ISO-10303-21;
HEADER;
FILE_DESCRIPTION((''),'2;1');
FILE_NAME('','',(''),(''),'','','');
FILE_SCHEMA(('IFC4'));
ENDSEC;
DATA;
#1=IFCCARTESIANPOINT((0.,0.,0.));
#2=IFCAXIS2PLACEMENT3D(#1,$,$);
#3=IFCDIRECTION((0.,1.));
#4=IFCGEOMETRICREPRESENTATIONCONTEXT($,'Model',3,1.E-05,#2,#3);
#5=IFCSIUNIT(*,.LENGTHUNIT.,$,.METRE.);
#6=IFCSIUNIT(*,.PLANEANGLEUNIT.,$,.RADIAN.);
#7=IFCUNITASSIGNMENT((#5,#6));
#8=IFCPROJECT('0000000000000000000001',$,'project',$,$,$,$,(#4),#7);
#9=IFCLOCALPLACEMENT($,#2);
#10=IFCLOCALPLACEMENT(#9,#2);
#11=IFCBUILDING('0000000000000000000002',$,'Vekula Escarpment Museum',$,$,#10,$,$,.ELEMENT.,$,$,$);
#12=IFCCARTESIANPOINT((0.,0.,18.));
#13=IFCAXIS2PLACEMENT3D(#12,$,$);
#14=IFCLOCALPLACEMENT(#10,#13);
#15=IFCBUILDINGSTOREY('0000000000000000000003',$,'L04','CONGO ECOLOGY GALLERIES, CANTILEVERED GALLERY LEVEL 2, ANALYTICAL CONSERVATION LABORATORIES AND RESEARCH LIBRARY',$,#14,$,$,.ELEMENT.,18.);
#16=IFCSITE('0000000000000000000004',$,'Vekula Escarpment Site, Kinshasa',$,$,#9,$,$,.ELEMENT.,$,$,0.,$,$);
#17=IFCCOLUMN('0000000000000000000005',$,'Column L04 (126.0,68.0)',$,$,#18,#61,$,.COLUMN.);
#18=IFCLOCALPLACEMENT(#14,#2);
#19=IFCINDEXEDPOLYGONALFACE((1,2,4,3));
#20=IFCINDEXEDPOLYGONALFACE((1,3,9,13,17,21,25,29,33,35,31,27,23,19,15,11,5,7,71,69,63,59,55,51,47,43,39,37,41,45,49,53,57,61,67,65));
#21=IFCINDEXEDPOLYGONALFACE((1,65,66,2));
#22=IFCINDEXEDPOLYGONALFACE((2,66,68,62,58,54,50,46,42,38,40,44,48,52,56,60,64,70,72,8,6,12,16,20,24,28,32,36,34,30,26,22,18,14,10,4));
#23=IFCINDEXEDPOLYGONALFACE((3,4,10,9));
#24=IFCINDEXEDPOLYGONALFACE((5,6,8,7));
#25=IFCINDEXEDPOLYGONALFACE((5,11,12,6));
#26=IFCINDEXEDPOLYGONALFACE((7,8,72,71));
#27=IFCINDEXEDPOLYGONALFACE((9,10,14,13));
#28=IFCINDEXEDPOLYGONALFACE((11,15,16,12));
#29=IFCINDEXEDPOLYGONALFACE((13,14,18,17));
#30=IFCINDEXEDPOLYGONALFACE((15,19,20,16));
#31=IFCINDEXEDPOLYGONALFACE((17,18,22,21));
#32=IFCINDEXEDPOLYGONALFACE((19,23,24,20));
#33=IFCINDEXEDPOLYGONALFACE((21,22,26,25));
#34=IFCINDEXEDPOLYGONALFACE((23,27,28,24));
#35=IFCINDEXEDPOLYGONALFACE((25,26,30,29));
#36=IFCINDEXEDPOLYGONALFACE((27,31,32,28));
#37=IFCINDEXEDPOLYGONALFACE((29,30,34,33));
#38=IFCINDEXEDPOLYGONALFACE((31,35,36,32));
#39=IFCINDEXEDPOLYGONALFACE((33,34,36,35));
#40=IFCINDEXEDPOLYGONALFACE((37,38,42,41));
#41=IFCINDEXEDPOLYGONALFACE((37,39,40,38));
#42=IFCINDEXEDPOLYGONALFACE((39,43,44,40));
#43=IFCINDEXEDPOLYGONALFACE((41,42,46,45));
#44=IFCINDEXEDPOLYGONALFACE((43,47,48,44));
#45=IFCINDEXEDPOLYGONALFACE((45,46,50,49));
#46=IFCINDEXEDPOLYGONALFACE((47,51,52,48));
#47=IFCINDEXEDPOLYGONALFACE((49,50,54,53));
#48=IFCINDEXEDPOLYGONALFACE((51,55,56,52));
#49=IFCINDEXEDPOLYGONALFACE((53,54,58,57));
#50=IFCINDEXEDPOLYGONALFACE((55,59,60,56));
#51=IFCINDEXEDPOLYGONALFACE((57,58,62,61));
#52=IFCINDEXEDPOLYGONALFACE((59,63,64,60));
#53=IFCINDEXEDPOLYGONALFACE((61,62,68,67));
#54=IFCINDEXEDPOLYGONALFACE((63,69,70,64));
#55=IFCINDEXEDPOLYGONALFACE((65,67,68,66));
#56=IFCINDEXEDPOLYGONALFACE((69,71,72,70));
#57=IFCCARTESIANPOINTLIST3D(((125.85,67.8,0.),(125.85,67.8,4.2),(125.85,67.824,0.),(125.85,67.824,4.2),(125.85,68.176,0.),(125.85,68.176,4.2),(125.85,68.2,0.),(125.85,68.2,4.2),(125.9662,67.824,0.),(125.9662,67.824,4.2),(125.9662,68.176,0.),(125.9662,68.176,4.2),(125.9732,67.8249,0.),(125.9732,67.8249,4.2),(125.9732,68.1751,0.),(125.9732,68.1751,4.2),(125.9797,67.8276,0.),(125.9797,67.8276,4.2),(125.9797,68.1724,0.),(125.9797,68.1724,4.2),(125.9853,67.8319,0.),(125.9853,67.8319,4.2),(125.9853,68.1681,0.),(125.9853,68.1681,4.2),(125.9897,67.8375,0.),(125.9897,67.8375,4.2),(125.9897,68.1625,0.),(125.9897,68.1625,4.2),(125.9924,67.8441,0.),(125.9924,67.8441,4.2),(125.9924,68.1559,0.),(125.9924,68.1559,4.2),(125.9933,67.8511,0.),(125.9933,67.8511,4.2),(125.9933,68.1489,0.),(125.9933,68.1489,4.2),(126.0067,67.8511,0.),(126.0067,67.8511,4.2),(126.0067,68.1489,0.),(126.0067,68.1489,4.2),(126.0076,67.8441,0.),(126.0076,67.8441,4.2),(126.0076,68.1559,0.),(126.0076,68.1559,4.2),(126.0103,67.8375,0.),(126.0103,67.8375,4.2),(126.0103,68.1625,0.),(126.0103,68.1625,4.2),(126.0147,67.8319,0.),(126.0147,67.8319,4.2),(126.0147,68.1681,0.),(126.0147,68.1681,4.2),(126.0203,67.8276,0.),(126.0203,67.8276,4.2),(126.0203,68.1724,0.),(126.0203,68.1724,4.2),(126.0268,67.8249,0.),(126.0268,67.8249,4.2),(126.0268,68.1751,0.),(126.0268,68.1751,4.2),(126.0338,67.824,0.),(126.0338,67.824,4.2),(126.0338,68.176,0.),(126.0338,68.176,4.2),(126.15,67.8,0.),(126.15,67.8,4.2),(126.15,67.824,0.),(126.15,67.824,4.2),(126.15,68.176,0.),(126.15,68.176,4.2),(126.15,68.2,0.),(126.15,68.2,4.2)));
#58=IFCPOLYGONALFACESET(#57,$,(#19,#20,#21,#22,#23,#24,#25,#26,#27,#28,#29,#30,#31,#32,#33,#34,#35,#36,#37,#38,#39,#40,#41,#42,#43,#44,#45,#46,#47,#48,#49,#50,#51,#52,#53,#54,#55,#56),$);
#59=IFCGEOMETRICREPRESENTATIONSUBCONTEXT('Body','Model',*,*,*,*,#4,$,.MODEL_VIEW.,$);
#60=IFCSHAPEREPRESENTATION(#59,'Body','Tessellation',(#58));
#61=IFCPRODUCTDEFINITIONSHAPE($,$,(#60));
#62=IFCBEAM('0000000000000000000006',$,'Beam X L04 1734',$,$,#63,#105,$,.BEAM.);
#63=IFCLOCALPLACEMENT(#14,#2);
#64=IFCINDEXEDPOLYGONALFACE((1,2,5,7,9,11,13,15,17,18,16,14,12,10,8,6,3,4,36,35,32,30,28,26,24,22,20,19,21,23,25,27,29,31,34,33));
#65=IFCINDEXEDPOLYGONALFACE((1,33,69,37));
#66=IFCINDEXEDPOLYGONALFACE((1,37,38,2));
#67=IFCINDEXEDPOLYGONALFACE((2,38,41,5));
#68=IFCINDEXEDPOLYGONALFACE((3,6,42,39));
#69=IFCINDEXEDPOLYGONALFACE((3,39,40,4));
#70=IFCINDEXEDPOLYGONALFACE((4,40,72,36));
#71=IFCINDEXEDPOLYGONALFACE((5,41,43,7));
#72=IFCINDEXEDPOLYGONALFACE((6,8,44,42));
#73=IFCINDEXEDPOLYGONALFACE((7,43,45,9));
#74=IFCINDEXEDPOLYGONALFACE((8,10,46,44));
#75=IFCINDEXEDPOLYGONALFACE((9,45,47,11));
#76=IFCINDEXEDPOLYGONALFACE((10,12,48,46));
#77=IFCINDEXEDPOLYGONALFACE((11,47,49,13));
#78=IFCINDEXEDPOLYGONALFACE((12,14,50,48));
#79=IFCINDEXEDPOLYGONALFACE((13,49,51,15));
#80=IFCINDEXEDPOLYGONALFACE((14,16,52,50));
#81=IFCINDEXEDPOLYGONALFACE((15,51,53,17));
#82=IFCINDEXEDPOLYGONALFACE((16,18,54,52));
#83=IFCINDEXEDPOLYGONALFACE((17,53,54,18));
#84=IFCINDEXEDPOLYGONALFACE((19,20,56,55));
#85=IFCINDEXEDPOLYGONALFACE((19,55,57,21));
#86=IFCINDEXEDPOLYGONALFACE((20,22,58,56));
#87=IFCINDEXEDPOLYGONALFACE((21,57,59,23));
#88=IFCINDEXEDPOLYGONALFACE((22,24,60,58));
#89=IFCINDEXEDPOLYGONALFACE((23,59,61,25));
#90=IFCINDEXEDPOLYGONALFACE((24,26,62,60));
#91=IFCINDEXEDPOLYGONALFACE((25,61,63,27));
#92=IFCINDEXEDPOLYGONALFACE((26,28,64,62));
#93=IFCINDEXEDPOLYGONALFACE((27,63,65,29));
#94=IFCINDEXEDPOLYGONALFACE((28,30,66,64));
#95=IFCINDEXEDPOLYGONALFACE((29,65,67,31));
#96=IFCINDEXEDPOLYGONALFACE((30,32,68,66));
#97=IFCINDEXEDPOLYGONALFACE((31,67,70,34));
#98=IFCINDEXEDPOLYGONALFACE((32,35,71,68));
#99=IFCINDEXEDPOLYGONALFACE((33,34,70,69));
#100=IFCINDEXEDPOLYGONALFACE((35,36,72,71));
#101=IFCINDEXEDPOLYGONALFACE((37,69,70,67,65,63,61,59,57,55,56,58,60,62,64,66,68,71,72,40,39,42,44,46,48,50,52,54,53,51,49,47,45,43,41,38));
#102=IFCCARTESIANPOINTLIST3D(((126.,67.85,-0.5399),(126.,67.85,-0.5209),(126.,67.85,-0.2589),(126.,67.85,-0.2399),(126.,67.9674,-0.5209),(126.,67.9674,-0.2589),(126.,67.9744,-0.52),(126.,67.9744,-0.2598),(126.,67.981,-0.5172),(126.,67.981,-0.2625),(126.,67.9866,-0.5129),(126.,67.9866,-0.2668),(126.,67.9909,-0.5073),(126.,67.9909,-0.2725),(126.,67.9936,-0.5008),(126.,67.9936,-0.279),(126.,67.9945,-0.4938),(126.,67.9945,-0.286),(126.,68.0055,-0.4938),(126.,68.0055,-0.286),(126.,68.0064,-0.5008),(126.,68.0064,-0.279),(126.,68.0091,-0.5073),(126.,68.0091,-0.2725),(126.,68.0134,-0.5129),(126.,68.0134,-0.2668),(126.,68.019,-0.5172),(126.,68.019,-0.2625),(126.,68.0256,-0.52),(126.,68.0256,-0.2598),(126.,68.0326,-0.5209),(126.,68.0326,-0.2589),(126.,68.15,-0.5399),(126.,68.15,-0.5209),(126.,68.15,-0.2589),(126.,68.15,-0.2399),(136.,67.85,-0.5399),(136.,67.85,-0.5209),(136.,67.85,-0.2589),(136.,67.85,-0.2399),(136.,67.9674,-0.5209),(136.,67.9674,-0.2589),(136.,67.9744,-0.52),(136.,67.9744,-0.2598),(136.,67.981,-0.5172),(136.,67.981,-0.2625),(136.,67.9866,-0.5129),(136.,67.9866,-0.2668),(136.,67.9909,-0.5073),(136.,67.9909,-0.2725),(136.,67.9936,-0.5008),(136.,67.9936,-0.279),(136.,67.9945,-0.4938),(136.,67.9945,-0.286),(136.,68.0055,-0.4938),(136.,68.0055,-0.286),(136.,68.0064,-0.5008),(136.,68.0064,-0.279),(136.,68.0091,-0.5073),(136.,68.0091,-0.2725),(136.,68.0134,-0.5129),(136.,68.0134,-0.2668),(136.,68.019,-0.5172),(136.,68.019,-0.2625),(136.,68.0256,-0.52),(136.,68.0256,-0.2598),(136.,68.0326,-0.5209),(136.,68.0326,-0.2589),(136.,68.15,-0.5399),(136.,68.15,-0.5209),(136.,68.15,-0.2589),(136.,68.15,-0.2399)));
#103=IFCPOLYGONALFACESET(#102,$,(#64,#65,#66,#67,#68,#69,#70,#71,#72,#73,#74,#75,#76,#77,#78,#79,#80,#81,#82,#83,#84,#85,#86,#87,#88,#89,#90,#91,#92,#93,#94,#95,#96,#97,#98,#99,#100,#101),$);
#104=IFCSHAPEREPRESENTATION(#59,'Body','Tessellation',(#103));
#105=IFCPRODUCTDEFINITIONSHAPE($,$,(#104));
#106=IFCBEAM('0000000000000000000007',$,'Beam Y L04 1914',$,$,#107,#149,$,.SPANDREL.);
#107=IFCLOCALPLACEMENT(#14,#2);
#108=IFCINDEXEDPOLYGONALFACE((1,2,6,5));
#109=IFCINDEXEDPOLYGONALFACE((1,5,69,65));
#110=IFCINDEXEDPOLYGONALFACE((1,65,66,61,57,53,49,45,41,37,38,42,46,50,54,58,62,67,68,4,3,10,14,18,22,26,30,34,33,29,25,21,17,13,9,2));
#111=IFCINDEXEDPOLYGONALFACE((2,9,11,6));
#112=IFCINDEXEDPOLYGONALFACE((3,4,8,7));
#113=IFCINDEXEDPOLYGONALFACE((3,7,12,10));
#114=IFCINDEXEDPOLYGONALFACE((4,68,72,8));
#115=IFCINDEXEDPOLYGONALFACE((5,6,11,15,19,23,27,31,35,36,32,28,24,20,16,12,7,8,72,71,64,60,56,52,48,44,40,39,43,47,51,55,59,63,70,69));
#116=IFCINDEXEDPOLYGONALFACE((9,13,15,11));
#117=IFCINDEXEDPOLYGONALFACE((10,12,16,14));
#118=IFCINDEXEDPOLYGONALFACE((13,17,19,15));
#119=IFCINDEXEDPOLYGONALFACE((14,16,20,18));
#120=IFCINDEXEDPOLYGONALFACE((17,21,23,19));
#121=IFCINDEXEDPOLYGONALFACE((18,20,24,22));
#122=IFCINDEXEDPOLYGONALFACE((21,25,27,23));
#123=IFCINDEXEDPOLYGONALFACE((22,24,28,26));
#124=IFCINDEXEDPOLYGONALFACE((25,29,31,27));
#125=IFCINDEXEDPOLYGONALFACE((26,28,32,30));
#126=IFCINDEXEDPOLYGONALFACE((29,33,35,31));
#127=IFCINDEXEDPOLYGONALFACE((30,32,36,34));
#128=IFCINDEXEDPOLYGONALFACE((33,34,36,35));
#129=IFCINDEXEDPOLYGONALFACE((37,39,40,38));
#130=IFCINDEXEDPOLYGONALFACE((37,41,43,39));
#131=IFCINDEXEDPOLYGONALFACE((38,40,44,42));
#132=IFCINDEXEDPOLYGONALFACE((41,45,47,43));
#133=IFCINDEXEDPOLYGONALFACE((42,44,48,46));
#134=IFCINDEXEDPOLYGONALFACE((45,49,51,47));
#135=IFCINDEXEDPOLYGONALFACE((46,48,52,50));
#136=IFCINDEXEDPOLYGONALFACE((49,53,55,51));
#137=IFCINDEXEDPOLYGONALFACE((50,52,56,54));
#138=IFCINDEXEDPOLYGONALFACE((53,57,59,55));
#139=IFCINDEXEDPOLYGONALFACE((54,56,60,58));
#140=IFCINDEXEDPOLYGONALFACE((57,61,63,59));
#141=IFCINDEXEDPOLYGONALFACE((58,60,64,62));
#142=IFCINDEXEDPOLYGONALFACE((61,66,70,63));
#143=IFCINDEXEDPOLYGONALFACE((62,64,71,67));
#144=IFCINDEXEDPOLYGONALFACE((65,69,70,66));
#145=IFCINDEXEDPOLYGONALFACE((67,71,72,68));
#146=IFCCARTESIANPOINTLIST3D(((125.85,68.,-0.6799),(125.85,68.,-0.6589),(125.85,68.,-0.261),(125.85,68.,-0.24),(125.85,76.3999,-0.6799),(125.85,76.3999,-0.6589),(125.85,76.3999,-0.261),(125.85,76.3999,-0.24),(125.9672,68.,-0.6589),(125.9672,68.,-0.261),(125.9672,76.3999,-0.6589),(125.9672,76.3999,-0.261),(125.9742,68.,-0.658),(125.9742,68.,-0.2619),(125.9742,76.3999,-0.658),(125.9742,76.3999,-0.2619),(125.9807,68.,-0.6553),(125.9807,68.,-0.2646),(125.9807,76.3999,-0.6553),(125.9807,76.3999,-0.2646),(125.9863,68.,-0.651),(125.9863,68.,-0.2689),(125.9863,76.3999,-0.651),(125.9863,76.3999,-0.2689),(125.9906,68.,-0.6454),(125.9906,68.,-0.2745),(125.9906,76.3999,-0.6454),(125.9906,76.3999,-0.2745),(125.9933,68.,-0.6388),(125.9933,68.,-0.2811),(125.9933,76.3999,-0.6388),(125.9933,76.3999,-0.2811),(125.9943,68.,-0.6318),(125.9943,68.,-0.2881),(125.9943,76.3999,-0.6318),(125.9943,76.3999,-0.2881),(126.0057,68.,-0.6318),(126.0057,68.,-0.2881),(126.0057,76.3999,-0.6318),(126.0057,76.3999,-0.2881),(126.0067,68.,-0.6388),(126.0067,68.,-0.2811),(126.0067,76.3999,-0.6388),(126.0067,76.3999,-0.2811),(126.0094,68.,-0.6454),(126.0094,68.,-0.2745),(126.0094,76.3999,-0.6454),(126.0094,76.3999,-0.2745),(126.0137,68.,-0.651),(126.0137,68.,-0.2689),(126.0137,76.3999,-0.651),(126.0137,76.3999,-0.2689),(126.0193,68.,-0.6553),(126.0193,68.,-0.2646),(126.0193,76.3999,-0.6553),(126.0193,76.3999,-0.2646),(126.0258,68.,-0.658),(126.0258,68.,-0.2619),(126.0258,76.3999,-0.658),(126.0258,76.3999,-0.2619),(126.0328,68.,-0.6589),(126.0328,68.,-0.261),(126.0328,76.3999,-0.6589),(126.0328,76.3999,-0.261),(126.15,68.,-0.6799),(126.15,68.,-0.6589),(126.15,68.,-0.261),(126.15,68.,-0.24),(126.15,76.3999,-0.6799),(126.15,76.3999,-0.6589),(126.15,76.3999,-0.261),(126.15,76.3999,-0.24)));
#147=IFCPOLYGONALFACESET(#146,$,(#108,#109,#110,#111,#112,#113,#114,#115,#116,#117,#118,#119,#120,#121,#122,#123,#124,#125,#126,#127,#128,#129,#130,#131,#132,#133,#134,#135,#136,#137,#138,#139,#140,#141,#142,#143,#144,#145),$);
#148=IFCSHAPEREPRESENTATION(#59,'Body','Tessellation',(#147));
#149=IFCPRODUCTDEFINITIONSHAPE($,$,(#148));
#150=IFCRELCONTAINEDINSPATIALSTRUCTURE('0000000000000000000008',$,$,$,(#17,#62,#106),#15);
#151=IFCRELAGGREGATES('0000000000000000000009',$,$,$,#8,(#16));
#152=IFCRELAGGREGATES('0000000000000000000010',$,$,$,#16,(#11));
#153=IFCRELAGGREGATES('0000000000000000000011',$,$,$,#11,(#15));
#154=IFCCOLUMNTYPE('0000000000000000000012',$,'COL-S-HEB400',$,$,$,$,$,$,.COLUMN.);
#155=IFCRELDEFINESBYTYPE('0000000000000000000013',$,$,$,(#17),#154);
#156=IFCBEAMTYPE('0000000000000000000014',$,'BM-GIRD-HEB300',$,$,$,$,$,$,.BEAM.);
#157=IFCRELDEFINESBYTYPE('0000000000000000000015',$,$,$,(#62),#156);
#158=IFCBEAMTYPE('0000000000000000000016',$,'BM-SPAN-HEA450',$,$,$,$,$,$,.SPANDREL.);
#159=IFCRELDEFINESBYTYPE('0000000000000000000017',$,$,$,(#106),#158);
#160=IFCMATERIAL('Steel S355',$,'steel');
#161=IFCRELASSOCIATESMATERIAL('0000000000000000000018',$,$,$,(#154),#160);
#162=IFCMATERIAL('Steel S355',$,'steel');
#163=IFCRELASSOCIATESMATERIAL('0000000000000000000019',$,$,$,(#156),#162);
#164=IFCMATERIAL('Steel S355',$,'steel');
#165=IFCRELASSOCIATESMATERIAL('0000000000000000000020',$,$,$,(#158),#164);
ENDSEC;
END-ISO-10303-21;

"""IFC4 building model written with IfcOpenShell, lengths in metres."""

from ifc_helpers import new_model, si_unit, direction, frame, origin, origin_2d, place, context, subcontext, project, spatial, i_section, extrude, material, material_profile, profile_set, type_object, element, save


model = new_model("IFC4")

# Units and contexts
model_context = context("Model", 3, precision=1e-05, world=origin(), true_north=direction((0.0, 1.0)))
body_context = subcontext(model_context, "Body", "Model", "MODEL_VIEW")
ifc_project = project(units=[si_unit("LENGTHUNIT", "METRE"), si_unit("PLANEANGLEUNIT", "RADIAN")], contexts=[model_context])

# Site, building, storey
site_placement = place(None, origin())
site = spatial("IfcSite", under=ifc_project, at=site_placement, Name="Vekula Escarpment Site, Kinshasa", CompositionType="ELEMENT", RefElevation=0.0)
building_placement = place(site_placement, origin())
building = spatial("IfcBuilding", under=site, at=building_placement, Name="Vekula Escarpment Museum", CompositionType="ELEMENT")
storey_placement = place(building_placement, frame((0.0, 0.0, 18.0)))
storey = spatial("IfcBuildingStorey", under=building, at=storey_placement, Name="L04", Description="CONGO ECOLOGY GALLERIES, CANTILEVERED GALLERY LEVEL 2, ANALYTICAL CONSERVATION LABORATORIES AND RESEARCH LIBRARY", CompositionType="ELEMENT", Elevation=18.0)

# Column
ifc_material_1 = material(Name="Steel S355", Category="steel")
ifc_material_profile_1 = material_profile(ifc_material_1, i_section(OverallWidth=0.3, OverallDepth=0.3999, WebThickness=0.0134, FlangeThickness=0.0239, FilletRadius=0.0271, at=origin_2d()), Name="HEB 400")
ifc_profile_set_1 = profile_set([ifc_material_profile_1], Name="Steel S355")
column_type = type_object("IfcColumnType", Name="COL-S-HEB400", PredefinedType="COLUMN", material=ifc_profile_set_1)
column_placement = place(storey_placement, frame((126.0, 68.0, 0.0), z_axis=(0.0, 0.0, 1.0), x_axis=(1.0, 0.0, 0.0)))
element("IfcColumn", 1, at=column_placement, inside=storey, type_object=column_type, Name="Column L04 (126.0,68.0)", PredefinedType="COLUMN", context=body_context, shape_type="SweptSolid", body=[
    extrude(i_section(OverallWidth=0.3, OverallDepth=0.3999, WebThickness=0.0134, FlangeThickness=0.0239, FilletRadius=0.0271, at=origin_2d()), origin(), (0.0, 0.0, 1.0), 4.2),
])

# Beams
ifc_material_2 = material(Name="Steel S355", Category="steel")
ifc_material_profile_2 = material_profile(ifc_material_2, i_section(OverallWidth=0.3, OverallDepth=0.3, WebThickness=0.011, FlangeThickness=0.019, FilletRadius=0.0271, at=origin_2d()), Name="HEB 300")
ifc_profile_set_2 = profile_set([ifc_material_profile_2], Name="Steel S355")
beam_type_1 = type_object("IfcBeamType", Name="BM-GIRD-HEB300", PredefinedType="BEAM", material=ifc_profile_set_2)
beam_1_placement = place(storey_placement, frame((126.0, 68.0, -0.3899), z_axis=(1.0, 0.0, 0.0), x_axis=(0.0, 1.0, 0.0)))
element("IfcBeam", 2, at=beam_1_placement, inside=storey, type_object=beam_type_1, Name="Beam X L04 1734", PredefinedType="BEAM", context=body_context, shape_type="SweptSolid", body=[
    extrude(i_section(OverallWidth=0.3, OverallDepth=0.3, WebThickness=0.011, FlangeThickness=0.019, FilletRadius=0.0271, at=origin_2d()), origin(), (0.0, 0.0, 1.0), 10.0),
])
ifc_material_3 = material(Name="Steel S355", Category="steel")
ifc_material_profile_3 = material_profile(ifc_material_3, i_section(OverallWidth=0.3, OverallDepth=0.4399, WebThickness=0.0115, FlangeThickness=0.021, FilletRadius=0.0271, at=origin_2d()), Name="HEA 450")
ifc_profile_set_3 = profile_set([ifc_material_profile_3], Name="Steel S355")
beam_type_2 = type_object("IfcBeamType", Name="BM-SPAN-HEA450", PredefinedType="SPANDREL", material=ifc_profile_set_3)
beam_2_placement = place(storey_placement, frame((126.0, 68.0, -0.46), z_axis=(0.0, 1.0, 0.0), x_axis=(-1.0, 0.0, 0.0)))
element("IfcBeam", 3, at=beam_2_placement, inside=storey, type_object=beam_type_2, Name="Beam Y L04 1914", PredefinedType="SPANDREL", context=body_context, shape_type="SweptSolid", body=[
    extrude(i_section(OverallWidth=0.3, OverallDepth=0.4399, WebThickness=0.0115, FlangeThickness=0.021, FilletRadius=0.0271, at=origin_2d()), origin(), (0.0, 0.0, 1.0), 8.3999),
])

save(model, "model.ifc")
